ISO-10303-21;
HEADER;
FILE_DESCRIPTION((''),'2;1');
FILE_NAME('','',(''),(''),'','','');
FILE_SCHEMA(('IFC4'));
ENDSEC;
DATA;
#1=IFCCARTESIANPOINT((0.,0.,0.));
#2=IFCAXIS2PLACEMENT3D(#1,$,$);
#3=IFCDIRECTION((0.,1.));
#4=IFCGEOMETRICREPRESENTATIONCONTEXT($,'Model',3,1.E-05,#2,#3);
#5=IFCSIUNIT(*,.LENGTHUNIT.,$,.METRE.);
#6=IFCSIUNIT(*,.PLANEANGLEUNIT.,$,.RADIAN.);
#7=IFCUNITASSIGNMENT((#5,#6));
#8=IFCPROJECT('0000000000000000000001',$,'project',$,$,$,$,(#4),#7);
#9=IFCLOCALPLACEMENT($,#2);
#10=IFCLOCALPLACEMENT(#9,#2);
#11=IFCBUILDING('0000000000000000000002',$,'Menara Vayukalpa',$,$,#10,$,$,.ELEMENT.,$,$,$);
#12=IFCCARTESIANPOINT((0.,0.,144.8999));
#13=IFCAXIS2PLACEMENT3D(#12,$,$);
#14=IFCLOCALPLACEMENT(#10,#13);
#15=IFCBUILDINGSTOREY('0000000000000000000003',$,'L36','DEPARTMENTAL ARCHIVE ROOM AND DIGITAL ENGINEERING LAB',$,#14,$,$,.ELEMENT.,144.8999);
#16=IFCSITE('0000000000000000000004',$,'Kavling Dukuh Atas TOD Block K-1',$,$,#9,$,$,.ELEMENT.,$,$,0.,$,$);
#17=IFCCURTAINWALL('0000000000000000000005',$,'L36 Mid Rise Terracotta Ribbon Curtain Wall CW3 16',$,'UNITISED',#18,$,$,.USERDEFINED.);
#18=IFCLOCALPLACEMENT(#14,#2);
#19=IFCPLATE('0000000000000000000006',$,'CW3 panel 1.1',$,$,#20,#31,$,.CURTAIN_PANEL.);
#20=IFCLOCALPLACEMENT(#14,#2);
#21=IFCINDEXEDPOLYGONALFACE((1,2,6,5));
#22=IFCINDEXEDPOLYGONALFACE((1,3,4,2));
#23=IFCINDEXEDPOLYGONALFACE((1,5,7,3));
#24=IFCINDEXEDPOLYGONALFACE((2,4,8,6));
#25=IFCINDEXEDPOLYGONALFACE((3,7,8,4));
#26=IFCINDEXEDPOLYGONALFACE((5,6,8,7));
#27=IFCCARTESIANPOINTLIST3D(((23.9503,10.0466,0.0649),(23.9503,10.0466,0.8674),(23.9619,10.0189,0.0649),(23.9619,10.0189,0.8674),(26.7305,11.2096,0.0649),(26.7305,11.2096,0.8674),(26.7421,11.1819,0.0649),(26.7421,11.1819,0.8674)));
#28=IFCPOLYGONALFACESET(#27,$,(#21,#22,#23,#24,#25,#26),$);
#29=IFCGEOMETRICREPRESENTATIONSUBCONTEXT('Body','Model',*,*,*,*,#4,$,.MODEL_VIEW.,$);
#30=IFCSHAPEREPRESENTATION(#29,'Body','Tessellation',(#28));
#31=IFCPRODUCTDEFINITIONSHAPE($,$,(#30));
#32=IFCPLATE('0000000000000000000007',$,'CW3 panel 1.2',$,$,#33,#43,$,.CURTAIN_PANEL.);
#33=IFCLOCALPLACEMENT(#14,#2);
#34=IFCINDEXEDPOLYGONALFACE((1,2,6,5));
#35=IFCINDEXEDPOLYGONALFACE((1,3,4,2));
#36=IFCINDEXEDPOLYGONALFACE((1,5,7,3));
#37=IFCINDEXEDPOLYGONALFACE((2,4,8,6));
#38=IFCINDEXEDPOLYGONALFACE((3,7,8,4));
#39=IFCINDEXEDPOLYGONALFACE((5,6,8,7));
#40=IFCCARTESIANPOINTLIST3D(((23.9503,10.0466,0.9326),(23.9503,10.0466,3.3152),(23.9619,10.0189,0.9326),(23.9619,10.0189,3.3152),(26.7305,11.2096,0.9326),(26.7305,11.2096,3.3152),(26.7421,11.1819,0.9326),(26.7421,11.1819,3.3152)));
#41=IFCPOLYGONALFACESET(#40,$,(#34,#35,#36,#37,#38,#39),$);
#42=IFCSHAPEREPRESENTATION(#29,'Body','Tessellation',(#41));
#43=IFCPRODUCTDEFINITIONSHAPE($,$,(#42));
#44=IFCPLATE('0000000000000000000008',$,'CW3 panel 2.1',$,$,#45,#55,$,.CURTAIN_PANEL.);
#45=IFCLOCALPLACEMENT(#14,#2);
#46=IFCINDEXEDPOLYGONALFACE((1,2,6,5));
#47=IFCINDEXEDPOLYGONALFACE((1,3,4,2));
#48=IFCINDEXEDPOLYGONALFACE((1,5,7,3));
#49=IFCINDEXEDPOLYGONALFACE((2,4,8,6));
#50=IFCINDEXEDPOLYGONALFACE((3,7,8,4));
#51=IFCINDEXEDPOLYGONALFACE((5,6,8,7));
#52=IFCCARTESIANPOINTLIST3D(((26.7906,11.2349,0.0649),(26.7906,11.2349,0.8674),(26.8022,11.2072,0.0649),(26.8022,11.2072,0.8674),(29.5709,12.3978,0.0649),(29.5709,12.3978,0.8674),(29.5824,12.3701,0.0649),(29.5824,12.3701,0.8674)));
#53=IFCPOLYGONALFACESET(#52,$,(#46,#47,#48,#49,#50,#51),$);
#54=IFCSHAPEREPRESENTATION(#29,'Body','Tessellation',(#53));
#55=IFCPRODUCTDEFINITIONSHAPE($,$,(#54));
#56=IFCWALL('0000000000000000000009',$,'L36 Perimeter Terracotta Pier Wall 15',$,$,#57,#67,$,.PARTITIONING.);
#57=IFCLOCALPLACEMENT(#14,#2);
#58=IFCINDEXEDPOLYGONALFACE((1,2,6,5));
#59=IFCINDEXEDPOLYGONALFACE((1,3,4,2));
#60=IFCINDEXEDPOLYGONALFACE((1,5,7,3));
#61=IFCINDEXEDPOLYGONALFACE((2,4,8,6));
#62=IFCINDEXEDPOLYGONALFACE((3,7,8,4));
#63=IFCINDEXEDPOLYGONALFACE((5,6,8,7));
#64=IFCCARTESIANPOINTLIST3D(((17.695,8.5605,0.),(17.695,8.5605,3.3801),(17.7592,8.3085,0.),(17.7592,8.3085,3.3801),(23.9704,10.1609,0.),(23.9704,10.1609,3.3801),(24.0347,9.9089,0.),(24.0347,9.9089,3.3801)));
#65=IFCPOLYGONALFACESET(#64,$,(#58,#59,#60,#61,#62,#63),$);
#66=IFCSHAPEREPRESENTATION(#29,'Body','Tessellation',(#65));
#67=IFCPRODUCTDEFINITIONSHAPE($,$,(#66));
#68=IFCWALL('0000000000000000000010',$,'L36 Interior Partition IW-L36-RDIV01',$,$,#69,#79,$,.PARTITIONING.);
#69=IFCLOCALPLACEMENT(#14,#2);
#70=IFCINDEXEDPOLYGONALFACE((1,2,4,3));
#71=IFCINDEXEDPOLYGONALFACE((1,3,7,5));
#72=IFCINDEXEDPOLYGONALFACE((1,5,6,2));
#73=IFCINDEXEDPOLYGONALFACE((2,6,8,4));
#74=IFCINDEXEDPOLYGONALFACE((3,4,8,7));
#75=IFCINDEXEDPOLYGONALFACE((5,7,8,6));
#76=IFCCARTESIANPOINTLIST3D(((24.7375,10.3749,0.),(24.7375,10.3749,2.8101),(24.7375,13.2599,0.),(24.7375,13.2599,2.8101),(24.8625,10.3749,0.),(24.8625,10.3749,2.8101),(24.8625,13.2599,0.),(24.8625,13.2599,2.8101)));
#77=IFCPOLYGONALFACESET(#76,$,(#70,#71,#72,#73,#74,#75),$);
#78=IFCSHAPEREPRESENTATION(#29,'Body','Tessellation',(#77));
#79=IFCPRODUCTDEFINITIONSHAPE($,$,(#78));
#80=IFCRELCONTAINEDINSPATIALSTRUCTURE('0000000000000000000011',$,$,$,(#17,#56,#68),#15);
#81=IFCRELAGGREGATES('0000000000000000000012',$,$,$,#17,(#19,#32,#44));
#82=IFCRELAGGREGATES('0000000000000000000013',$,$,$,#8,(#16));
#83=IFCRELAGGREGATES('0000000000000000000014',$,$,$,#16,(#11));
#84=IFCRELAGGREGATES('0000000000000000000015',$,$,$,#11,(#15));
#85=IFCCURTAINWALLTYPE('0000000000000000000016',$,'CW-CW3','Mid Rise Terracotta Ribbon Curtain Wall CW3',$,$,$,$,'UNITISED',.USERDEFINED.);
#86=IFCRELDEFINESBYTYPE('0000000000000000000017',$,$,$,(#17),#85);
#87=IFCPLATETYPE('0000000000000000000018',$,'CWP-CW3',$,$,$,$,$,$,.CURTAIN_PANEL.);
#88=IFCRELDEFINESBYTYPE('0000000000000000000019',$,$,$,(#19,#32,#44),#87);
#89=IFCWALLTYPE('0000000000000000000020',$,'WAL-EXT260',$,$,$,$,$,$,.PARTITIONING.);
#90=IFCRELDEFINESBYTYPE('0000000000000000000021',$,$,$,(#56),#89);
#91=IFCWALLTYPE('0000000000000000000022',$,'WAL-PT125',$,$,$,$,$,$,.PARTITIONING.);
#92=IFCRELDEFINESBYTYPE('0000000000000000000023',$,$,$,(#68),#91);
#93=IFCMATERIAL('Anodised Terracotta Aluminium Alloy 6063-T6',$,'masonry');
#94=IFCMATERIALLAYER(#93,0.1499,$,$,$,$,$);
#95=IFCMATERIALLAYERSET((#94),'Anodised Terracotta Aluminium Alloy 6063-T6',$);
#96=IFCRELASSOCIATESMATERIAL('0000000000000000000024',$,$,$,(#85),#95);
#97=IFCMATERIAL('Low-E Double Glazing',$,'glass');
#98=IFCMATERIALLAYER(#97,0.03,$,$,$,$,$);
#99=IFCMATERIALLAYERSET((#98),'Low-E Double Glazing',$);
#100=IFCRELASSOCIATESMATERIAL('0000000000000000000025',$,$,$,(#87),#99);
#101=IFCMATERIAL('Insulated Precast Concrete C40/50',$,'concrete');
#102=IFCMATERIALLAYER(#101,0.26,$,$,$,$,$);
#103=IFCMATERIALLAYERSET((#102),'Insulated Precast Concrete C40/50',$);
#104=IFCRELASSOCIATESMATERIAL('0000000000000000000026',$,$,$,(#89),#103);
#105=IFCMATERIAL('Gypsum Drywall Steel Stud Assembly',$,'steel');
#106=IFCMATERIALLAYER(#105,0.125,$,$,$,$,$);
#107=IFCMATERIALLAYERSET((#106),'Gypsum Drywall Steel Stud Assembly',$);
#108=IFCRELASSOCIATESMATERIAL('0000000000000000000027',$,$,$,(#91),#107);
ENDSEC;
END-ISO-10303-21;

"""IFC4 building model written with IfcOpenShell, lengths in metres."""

from ifc_helpers import new_model, si_unit, direction, frame, frame_2d, origin, origin_2d, place, context, subcontext, project, spatial, rectangle, extrude, material, layer, layer_set, type_object, element, aggregate, save


model = new_model("IFC4")

# Units and contexts
model_context = context("Model", 3, precision=1e-05, world=origin(), true_north=direction((0.0, 1.0)))
body_context = subcontext(model_context, "Body", "Model", "MODEL_VIEW")
ifc_project = project(units=[si_unit("LENGTHUNIT", "METRE"), si_unit("PLANEANGLEUNIT", "RADIAN")], contexts=[model_context])

# Site, building, storey
site_placement = place(None, origin())
site = spatial("IfcSite", under=ifc_project, at=site_placement, Name="Kavling Dukuh Atas TOD Block K-1", CompositionType="ELEMENT", RefElevation=0.0)
building_placement = place(site_placement, origin())
building = spatial("IfcBuilding", under=site, at=building_placement, Name="Menara Vayukalpa", CompositionType="ELEMENT")
storey_placement = place(building_placement, frame((0.0, 0.0, 144.8999)))
storey = spatial("IfcBuildingStorey", under=building, at=storey_placement, Name="L36", Description="DEPARTMENTAL ARCHIVE ROOM AND DIGITAL ENGINEERING LAB", CompositionType="ELEMENT", Elevation=144.8999)

# Curtain wall, plates
ifc_material_1 = material(Name="Anodised Terracotta Aluminium Alloy 6063-T6", Category="masonry")
ifc_layer_1 = layer(ifc_material_1, 0.1499)
ifc_layer_set_1 = layer_set([ifc_layer_1], Name="Anodised Terracotta Aluminium Alloy 6063-T6")
curtain_wall_type = type_object("IfcCurtainWallType", Name="CW-CW3", Description="Mid Rise Terracotta Ribbon Curtain Wall CW3", ElementType="UNITISED", PredefinedType="USERDEFINED", material=ifc_layer_set_1)
curtain_wall_placement = place(storey_placement, origin())
curtain_wall = element("IfcCurtainWall", 1, at=curtain_wall_placement, inside=storey, type_object=curtain_wall_type, Name="L36 Mid Rise Terracotta Ribbon Curtain Wall CW3 16", ObjectType="UNITISED", PredefinedType="USERDEFINED")
ifc_material_2 = material(Name="Low-E Double Glazing", Category="glass")
ifc_layer_2 = layer(ifc_material_2, 0.03)
ifc_layer_set_2 = layer_set([ifc_layer_2], Name="Low-E Double Glazing")
plate_type = type_object("IfcPlateType", Name="CWP-CW3", PredefinedType="CURTAIN_PANEL", material=ifc_layer_set_2)
plate_1_placement = place(storey_placement, frame((25.3462, 10.6143, 0.0649), z_axis=(0.0, 0.0, 1.0), x_axis=(0.922546, 0.385886, 0.0)))
plate_1 = element("IfcPlate", 2, at=plate_1_placement, type_object=plate_type, Name="CW3 panel 1.1", PredefinedType="CURTAIN_PANEL", context=body_context, shape_type="SweptSolid", body=[
    extrude(rectangle(XDim=3.0137, YDim=0.03, at=origin_2d()), origin(), (0.0, 0.0, 1.0), 0.8025),
])
plate_2_placement = place(storey_placement, frame((25.3462, 10.6143, 0.9326), z_axis=(0.0, 0.0, 1.0), x_axis=(0.922546, 0.385886, 0.0)))
plate_2 = element("IfcPlate", 3, at=plate_2_placement, type_object=plate_type, Name="CW3 panel 1.2", PredefinedType="CURTAIN_PANEL", context=body_context, shape_type="SweptSolid", body=[
    extrude(rectangle(XDim=3.0137, YDim=0.03, at=origin_2d()), origin(), (0.0, 0.0, 1.0), 2.3826),
])
plate_3_placement = place(storey_placement, frame((28.1865, 11.8025, 0.0649), z_axis=(0.0, 0.0, 1.0), x_axis=(0.922546, 0.385886, 0.0)))
plate_3 = element("IfcPlate", 4, at=plate_3_placement, type_object=plate_type, Name="CW3 panel 2.1", PredefinedType="CURTAIN_PANEL", context=body_context, shape_type="SweptSolid", body=[
    extrude(rectangle(XDim=3.0137, YDim=0.03, at=origin_2d()), origin(), (0.0, 0.0, 1.0), 0.8025),
])
aggregate(curtain_wall, [plate_1, plate_2, plate_3])

# Walls
ifc_material_3 = material(Name="Insulated Precast Concrete C40/50", Category="concrete")
ifc_layer_3 = layer(ifc_material_3, 0.26)
ifc_layer_set_3 = layer_set([ifc_layer_3], Name="Insulated Precast Concrete C40/50")
wall_type_1 = type_object("IfcWallType", Name="WAL-EXT260", PredefinedType="PARTITIONING", material=ifc_layer_set_3)
wall_1_placement = place(storey_placement, frame((24.0027, 10.0349, 0.0), z_axis=(0.0, 0.0, 1.0), x_axis=(-0.968987, -0.24711, 0.0)))
element("IfcWall", 5, at=wall_1_placement, inside=storey, type_object=wall_type_1, Name="L36 Perimeter Terracotta Pier Wall 15", PredefinedType="PARTITIONING", context=body_context, shape_type="SweptSolid", body=[
    extrude(rectangle(XDim=6.4763, YDim=0.26, at=frame_2d((3.2383, 0.0))), origin(), (0.0, 0.0, 1.0), 3.3801),
])
ifc_material_4 = material(Name="Gypsum Drywall Steel Stud Assembly", Category="steel")
ifc_layer_4 = layer(ifc_material_4, 0.125)
ifc_layer_set_4 = layer_set([ifc_layer_4], Name="Gypsum Drywall Steel Stud Assembly")
wall_type_2 = type_object("IfcWallType", Name="WAL-PT125", PredefinedType="PARTITIONING", material=ifc_layer_set_4)
wall_2_placement = place(storey_placement, frame((24.8, 10.375, 0.0), z_axis=(0.0, 0.0, 1.0), x_axis=(0.0, 1.0, 0.0)))
element("IfcWall", 6, at=wall_2_placement, inside=storey, type_object=wall_type_2, Name="L36 Interior Partition IW-L36-RDIV01", PredefinedType="PARTITIONING", context=body_context, shape_type="SweptSolid", body=[
    extrude(rectangle(XDim=2.885, YDim=0.125, at=frame_2d((1.4424, 0.0))), origin(), (0.0, 0.0, 1.0), 2.8101),
])

save(model, "model.ifc")
